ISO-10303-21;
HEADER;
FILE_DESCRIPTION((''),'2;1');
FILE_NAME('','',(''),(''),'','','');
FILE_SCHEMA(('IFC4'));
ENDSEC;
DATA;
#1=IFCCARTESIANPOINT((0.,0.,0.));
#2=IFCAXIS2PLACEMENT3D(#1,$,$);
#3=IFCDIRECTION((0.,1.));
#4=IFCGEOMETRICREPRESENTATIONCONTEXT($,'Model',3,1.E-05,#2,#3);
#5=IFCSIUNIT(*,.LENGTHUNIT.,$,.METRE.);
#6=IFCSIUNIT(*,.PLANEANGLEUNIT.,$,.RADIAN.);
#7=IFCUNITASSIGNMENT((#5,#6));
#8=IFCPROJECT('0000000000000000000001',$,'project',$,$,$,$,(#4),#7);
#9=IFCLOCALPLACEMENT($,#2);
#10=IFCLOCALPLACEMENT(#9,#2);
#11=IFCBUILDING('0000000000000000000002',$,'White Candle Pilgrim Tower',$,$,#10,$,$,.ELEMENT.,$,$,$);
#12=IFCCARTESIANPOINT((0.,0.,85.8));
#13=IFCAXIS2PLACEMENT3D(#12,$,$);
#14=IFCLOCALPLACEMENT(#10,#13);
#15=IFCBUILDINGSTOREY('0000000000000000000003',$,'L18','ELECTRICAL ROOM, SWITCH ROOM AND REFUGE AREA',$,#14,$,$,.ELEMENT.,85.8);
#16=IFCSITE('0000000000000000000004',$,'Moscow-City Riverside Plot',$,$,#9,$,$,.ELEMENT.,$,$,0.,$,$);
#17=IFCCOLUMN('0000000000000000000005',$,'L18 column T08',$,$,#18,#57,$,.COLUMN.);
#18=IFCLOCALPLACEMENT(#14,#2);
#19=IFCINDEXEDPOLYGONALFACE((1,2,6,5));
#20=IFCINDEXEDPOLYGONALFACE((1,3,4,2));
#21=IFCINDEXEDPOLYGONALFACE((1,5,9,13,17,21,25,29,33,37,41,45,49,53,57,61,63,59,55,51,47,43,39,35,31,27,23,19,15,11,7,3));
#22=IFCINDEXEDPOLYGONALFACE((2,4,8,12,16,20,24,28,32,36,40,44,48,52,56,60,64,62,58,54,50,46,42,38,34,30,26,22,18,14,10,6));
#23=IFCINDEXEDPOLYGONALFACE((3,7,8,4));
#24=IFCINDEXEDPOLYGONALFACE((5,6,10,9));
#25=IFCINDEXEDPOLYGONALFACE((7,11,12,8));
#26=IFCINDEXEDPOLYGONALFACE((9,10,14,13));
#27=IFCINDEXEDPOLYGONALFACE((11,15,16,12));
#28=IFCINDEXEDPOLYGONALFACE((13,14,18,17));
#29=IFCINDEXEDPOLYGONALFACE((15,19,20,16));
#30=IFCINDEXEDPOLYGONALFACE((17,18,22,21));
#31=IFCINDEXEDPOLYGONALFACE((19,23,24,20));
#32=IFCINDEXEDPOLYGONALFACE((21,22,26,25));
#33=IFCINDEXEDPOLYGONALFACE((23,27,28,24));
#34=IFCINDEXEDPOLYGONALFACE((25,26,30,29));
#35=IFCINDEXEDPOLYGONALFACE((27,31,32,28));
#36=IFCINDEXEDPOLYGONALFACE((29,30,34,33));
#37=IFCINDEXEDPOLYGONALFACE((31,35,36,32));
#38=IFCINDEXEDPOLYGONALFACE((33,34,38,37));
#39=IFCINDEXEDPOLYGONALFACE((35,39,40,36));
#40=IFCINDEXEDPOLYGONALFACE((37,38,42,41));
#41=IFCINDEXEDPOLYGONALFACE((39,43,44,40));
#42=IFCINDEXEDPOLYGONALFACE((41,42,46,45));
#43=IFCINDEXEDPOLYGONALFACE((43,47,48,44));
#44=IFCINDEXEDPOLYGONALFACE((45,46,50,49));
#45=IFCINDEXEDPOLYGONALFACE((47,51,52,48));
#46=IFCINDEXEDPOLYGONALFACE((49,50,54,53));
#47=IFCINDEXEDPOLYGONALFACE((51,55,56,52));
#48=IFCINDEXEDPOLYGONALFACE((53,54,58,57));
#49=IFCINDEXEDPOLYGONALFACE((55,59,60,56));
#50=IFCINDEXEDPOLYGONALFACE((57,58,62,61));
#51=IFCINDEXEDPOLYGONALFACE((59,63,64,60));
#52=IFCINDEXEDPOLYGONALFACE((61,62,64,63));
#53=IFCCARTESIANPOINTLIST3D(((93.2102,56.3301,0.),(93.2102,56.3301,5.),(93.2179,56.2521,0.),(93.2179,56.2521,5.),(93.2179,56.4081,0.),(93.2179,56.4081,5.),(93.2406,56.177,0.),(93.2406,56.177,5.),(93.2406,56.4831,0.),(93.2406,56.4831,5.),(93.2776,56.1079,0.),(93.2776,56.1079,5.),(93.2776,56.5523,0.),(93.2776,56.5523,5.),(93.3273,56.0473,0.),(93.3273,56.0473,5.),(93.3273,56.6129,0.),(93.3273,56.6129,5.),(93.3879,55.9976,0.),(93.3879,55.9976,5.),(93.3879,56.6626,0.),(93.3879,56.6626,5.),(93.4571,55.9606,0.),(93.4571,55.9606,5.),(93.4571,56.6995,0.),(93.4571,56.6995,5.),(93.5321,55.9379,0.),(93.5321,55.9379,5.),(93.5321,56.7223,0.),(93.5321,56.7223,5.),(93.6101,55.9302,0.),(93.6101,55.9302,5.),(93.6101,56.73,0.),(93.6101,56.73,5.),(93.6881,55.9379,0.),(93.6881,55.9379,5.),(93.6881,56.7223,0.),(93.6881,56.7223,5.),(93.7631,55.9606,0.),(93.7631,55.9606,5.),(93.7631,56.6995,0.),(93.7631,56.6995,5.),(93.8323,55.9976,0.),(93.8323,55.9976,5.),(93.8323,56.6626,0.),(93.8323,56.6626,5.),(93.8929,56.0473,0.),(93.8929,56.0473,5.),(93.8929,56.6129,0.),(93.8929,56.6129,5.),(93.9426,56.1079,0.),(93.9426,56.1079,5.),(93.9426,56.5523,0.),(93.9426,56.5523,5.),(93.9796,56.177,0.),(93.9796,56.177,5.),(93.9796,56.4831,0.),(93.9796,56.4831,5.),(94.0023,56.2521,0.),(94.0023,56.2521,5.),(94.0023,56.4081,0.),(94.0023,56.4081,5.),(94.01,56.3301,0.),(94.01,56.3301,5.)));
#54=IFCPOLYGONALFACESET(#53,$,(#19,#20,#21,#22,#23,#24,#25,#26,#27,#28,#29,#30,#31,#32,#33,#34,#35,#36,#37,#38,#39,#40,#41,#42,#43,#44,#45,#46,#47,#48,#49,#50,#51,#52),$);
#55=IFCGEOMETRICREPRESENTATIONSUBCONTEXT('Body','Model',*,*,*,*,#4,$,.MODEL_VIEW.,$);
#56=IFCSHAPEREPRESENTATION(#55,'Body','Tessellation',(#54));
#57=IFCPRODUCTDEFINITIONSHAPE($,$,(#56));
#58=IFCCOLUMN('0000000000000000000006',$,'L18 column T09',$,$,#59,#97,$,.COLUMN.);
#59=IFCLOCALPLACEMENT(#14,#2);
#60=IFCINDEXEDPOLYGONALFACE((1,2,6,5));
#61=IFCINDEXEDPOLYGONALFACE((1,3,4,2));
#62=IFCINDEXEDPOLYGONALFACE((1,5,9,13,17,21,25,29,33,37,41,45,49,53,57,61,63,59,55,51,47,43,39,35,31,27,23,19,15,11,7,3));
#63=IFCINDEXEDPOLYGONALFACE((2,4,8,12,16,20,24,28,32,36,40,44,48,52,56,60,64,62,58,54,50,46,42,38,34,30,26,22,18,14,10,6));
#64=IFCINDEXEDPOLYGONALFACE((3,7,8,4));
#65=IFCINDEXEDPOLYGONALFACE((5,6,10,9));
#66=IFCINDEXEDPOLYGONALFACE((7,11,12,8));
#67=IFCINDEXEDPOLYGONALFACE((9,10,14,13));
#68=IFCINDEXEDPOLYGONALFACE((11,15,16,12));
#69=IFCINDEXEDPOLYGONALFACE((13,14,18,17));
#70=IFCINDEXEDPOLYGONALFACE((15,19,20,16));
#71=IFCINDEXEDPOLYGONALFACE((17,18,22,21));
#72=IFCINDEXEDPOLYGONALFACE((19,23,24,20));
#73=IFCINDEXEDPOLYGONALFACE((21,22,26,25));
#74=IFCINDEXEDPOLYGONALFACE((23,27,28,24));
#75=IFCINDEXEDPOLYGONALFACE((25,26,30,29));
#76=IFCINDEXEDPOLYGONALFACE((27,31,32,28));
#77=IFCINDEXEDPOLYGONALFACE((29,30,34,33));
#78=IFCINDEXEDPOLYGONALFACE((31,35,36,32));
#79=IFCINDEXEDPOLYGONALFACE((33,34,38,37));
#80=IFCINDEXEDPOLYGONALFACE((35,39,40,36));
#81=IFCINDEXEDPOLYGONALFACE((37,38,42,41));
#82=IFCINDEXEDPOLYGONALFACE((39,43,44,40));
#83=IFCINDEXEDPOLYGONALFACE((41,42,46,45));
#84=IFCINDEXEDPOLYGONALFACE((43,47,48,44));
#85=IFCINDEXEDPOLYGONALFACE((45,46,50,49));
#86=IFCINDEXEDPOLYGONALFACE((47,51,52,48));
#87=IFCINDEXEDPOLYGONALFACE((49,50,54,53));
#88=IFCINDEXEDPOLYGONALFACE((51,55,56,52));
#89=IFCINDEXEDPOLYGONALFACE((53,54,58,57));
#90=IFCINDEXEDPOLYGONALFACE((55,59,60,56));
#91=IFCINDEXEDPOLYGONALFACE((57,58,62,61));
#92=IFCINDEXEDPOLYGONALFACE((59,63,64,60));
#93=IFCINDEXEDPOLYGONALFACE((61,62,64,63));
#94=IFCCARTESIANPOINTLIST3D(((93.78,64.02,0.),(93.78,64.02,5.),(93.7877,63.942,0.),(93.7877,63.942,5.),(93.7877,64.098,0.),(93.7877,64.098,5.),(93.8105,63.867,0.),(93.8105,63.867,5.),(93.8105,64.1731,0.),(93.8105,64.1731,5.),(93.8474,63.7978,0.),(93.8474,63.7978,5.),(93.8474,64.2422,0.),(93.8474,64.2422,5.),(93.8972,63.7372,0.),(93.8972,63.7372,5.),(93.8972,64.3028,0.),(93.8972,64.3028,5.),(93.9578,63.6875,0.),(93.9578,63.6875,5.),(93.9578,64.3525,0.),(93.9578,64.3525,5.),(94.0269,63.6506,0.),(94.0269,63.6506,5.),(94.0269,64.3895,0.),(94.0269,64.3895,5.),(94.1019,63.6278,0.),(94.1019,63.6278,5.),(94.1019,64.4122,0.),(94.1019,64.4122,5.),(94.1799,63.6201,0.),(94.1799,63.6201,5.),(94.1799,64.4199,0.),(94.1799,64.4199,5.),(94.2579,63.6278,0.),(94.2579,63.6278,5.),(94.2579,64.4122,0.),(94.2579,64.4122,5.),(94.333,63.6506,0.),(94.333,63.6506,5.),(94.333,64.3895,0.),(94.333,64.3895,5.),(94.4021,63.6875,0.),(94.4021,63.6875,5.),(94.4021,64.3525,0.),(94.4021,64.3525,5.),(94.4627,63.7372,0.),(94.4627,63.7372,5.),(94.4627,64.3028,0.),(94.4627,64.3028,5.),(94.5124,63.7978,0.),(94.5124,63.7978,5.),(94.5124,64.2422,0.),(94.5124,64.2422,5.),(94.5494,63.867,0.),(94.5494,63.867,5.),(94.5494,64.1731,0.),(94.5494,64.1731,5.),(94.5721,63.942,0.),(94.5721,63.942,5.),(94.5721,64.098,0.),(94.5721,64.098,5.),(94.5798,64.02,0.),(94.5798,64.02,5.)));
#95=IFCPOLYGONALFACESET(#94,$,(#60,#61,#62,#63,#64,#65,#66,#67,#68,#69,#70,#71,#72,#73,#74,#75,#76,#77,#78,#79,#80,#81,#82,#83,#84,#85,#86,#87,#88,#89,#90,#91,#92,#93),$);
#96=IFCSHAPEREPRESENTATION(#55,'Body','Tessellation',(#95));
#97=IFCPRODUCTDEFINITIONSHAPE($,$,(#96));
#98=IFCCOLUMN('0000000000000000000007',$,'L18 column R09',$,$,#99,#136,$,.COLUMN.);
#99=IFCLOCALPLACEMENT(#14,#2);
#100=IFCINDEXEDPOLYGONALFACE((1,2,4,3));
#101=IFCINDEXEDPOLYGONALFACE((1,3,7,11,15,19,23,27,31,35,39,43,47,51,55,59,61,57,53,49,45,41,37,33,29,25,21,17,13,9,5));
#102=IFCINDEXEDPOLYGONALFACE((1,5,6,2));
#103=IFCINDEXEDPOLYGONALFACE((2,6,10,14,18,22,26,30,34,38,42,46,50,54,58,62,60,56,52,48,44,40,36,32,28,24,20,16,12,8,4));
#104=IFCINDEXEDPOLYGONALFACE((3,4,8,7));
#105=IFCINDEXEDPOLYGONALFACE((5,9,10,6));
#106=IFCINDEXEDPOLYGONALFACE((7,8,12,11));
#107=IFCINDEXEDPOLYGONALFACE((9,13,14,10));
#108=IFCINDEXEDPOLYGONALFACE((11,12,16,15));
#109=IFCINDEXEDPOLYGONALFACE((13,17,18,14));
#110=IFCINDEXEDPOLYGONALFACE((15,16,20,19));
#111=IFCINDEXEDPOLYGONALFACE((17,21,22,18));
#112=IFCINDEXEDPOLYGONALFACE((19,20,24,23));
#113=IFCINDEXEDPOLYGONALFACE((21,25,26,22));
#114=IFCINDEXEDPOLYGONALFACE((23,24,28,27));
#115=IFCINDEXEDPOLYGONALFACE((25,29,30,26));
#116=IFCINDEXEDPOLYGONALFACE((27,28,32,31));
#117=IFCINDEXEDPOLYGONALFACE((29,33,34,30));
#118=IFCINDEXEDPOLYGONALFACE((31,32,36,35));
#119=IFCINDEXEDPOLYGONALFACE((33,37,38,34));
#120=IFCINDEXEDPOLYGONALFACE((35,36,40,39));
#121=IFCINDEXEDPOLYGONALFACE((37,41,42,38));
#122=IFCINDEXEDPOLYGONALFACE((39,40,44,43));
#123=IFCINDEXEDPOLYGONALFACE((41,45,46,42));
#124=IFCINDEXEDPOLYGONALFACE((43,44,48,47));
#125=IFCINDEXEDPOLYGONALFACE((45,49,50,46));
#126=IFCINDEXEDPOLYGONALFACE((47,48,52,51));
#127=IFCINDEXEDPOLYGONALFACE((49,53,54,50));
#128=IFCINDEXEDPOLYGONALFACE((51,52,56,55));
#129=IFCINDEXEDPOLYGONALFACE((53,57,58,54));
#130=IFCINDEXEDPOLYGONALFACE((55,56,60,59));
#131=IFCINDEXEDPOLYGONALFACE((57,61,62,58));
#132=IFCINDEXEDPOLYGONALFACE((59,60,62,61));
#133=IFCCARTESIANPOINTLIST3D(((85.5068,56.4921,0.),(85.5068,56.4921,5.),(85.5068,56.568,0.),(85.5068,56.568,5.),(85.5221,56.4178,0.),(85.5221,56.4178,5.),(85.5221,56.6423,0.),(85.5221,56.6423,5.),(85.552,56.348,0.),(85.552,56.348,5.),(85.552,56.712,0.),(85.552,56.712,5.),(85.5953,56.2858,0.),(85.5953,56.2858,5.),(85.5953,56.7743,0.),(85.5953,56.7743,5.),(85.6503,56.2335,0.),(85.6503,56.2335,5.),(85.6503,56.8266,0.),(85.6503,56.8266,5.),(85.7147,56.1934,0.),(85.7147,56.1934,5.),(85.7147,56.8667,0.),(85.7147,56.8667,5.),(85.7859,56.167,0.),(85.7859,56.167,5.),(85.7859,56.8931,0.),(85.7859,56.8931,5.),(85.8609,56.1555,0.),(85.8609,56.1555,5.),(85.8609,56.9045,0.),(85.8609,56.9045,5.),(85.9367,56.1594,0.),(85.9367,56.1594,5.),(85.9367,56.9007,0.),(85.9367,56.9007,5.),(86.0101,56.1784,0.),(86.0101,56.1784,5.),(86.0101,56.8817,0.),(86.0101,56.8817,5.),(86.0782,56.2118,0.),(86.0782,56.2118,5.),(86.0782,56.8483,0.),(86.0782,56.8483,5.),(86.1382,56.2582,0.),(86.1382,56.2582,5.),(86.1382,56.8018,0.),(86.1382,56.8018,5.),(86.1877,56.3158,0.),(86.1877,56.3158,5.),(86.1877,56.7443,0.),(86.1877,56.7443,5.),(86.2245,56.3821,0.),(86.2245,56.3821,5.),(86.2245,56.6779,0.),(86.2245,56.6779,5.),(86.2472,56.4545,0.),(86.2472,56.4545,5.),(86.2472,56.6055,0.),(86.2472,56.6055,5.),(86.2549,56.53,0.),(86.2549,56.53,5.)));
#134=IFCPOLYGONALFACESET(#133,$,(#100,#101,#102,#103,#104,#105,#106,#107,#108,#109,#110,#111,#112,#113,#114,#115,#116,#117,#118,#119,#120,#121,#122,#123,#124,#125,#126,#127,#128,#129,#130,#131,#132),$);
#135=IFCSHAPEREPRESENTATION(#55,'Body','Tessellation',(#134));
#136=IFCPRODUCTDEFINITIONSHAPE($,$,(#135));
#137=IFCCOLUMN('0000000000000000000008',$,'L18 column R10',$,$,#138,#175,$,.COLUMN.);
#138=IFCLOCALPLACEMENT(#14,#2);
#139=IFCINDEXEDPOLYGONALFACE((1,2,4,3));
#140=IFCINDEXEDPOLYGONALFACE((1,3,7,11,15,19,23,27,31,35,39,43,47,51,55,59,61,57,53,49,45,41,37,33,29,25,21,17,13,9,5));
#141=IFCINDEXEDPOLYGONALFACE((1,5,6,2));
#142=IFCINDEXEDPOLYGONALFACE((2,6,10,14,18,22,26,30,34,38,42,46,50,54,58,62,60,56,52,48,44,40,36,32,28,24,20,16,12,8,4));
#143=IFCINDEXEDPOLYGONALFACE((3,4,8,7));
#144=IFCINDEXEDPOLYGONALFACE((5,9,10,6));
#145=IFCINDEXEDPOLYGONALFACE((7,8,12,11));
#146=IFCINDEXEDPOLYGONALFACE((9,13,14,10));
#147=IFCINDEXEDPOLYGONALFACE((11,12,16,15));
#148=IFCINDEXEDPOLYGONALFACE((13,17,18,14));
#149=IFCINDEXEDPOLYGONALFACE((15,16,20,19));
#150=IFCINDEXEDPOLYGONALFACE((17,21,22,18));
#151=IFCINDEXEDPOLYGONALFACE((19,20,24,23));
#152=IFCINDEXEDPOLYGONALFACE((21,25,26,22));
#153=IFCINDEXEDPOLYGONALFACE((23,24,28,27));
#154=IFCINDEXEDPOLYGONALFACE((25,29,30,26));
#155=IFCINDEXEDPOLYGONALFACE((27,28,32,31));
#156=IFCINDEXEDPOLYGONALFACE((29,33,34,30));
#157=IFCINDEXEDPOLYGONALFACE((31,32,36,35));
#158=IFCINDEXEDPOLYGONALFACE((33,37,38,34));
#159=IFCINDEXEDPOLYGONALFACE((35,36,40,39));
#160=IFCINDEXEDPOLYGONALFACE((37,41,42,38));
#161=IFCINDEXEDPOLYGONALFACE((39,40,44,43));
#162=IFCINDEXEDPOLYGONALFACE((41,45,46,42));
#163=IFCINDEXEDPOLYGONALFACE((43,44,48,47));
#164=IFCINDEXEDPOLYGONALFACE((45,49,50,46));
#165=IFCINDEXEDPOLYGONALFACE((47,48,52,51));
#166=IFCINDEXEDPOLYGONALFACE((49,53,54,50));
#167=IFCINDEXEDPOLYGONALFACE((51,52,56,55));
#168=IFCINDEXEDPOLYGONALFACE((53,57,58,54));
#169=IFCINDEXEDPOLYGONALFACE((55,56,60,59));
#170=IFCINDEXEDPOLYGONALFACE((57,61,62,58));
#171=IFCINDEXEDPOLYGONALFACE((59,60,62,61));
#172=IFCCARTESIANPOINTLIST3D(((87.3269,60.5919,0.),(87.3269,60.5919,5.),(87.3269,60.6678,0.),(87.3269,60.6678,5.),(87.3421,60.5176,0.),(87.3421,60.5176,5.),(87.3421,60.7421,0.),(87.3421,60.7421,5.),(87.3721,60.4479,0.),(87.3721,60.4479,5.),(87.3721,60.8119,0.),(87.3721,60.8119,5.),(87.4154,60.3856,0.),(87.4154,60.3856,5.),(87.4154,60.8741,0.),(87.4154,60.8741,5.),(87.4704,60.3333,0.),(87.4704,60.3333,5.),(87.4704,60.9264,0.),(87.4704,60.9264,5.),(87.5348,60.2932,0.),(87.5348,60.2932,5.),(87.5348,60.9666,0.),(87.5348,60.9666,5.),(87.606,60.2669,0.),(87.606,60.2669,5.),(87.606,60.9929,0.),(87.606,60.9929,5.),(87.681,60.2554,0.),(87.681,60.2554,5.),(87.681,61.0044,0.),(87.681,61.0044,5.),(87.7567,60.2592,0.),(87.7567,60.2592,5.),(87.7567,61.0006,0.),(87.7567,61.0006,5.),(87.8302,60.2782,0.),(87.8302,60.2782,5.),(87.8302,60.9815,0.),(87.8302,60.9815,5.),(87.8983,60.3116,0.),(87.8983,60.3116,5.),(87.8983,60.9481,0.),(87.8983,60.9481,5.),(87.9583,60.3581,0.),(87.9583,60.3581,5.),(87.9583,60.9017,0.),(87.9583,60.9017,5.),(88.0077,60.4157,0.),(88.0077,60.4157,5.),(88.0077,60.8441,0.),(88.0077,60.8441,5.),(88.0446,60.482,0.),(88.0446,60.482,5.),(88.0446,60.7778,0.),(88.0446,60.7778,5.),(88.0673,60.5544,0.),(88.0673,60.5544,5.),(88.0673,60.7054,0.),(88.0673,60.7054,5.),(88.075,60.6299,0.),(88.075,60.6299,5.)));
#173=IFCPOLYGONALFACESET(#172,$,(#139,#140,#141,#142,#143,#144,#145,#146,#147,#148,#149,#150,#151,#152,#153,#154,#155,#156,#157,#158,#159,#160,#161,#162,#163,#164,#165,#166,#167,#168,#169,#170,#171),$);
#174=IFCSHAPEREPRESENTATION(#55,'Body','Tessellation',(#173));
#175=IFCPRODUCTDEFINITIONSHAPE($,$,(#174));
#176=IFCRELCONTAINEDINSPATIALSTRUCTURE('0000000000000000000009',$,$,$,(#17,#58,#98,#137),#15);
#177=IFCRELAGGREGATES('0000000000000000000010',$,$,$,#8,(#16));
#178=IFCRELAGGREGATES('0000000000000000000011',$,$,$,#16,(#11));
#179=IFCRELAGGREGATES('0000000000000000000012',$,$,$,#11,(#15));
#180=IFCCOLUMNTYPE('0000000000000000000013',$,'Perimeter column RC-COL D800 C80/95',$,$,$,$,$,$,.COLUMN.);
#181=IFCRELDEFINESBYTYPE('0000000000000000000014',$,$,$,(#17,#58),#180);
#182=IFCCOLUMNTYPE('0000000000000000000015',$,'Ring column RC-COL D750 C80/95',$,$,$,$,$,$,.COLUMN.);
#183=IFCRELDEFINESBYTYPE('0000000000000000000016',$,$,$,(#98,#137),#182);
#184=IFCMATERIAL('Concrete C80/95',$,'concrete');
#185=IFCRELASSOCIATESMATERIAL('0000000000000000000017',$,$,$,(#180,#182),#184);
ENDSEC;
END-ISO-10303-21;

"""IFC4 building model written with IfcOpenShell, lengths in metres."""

from ifc_helpers import new_model, si_unit, direction, frame, origin, origin_2d, place, context, subcontext, project, spatial, circle, extrude, material, material_profile, profile_set, type_object, element, save


model = new_model("IFC4")

# Units and contexts
model_context = context("Model", 3, precision=1e-05, world=origin(), true_north=direction((0.0, 1.0)))
body_context = subcontext(model_context, "Body", "Model", "MODEL_VIEW")
ifc_project = project(units=[si_unit("LENGTHUNIT", "METRE"), si_unit("PLANEANGLEUNIT", "RADIAN")], contexts=[model_context])

# Site, building, storey
site_placement = place(None, origin())
site = spatial("IfcSite", under=ifc_project, at=site_placement, Name="Moscow-City Riverside Plot", CompositionType="ELEMENT", RefElevation=0.0)
building_placement = place(site_placement, origin())
building = spatial("IfcBuilding", under=site, at=building_placement, Name="White Candle Pilgrim Tower", CompositionType="ELEMENT")
storey_placement = place(building_placement, frame((0.0, 0.0, 85.8)))
storey = spatial("IfcBuildingStorey", under=building, at=storey_placement, Name="L18", Description="ELECTRICAL ROOM, SWITCH ROOM AND REFUGE AREA", CompositionType="ELEMENT", Elevation=85.8)

# Columns
ifc_material_1 = material(Name="Concrete C80/95", Category="concrete")
ifc_material_profile_1 = material_profile(ifc_material_1, circle(Radius=0.3999, at=origin_2d()), Name="RC-COL D800")
ifc_profile_set_1 = profile_set([ifc_material_profile_1], Name="Concrete C80/95")
column_type_1 = type_object("IfcColumnType", Name="Perimeter column RC-COL D800 C80/95", PredefinedType="COLUMN", material=ifc_profile_set_1)
for number, where, z_axis, x_axis, name in (
    (1, (93.6101, 56.3301, 0.0), (0.0, 0.0, 1.0), (1.0, 0.0, 0.0), "L18 column T08"),
    (2, (94.1799, 64.02, 0.0), (0.0, 0.0, 1.0), (1.0, 0.0, 0.0), "L18 column T09"),
):
    element("IfcColumn", number, at=place(storey_placement, frame(where, z_axis=z_axis, x_axis=x_axis)), inside=storey, type_object=column_type_1, Name=name, PredefinedType="COLUMN", context=body_context, shape_type="SweptSolid", body=[
        extrude(circle(Radius=0.3999, at=origin_2d()), origin(), (0.0, 0.0, 1.0), 5.0),
    ])
ifc_material_profile_2 = material_profile(ifc_material_1, circle(Radius=0.375, at=origin_2d()), Name="RC-COL D750")
ifc_profile_set_2 = profile_set([ifc_material_profile_2], Name="Concrete C80/95")
column_type_2 = type_object("IfcColumnType", Name="Ring column RC-COL D750 C80/95", PredefinedType="COLUMN", material=ifc_profile_set_2)
for number, where, z_axis, x_axis, name in (
    (3, (85.8799, 56.53, 0.0), (0.0, 0.0, 1.0), (1.0, 0.0, 0.0), "L18 column R09"),
    (4, (87.7, 60.6299, 0.0), (0.0, 0.0, 1.0), (1.0, 0.0, 0.0), "L18 column R10"),
):
    element("IfcColumn", number, at=place(storey_placement, frame(where, z_axis=z_axis, x_axis=x_axis)), inside=storey, type_object=column_type_2, Name=name, PredefinedType="COLUMN", context=body_context, shape_type="SweptSolid", body=[
        extrude(circle(Radius=0.375, at=origin_2d()), origin(), (0.0, 0.0, 1.0), 5.0),
    ])

save(model, "model.ifc")
